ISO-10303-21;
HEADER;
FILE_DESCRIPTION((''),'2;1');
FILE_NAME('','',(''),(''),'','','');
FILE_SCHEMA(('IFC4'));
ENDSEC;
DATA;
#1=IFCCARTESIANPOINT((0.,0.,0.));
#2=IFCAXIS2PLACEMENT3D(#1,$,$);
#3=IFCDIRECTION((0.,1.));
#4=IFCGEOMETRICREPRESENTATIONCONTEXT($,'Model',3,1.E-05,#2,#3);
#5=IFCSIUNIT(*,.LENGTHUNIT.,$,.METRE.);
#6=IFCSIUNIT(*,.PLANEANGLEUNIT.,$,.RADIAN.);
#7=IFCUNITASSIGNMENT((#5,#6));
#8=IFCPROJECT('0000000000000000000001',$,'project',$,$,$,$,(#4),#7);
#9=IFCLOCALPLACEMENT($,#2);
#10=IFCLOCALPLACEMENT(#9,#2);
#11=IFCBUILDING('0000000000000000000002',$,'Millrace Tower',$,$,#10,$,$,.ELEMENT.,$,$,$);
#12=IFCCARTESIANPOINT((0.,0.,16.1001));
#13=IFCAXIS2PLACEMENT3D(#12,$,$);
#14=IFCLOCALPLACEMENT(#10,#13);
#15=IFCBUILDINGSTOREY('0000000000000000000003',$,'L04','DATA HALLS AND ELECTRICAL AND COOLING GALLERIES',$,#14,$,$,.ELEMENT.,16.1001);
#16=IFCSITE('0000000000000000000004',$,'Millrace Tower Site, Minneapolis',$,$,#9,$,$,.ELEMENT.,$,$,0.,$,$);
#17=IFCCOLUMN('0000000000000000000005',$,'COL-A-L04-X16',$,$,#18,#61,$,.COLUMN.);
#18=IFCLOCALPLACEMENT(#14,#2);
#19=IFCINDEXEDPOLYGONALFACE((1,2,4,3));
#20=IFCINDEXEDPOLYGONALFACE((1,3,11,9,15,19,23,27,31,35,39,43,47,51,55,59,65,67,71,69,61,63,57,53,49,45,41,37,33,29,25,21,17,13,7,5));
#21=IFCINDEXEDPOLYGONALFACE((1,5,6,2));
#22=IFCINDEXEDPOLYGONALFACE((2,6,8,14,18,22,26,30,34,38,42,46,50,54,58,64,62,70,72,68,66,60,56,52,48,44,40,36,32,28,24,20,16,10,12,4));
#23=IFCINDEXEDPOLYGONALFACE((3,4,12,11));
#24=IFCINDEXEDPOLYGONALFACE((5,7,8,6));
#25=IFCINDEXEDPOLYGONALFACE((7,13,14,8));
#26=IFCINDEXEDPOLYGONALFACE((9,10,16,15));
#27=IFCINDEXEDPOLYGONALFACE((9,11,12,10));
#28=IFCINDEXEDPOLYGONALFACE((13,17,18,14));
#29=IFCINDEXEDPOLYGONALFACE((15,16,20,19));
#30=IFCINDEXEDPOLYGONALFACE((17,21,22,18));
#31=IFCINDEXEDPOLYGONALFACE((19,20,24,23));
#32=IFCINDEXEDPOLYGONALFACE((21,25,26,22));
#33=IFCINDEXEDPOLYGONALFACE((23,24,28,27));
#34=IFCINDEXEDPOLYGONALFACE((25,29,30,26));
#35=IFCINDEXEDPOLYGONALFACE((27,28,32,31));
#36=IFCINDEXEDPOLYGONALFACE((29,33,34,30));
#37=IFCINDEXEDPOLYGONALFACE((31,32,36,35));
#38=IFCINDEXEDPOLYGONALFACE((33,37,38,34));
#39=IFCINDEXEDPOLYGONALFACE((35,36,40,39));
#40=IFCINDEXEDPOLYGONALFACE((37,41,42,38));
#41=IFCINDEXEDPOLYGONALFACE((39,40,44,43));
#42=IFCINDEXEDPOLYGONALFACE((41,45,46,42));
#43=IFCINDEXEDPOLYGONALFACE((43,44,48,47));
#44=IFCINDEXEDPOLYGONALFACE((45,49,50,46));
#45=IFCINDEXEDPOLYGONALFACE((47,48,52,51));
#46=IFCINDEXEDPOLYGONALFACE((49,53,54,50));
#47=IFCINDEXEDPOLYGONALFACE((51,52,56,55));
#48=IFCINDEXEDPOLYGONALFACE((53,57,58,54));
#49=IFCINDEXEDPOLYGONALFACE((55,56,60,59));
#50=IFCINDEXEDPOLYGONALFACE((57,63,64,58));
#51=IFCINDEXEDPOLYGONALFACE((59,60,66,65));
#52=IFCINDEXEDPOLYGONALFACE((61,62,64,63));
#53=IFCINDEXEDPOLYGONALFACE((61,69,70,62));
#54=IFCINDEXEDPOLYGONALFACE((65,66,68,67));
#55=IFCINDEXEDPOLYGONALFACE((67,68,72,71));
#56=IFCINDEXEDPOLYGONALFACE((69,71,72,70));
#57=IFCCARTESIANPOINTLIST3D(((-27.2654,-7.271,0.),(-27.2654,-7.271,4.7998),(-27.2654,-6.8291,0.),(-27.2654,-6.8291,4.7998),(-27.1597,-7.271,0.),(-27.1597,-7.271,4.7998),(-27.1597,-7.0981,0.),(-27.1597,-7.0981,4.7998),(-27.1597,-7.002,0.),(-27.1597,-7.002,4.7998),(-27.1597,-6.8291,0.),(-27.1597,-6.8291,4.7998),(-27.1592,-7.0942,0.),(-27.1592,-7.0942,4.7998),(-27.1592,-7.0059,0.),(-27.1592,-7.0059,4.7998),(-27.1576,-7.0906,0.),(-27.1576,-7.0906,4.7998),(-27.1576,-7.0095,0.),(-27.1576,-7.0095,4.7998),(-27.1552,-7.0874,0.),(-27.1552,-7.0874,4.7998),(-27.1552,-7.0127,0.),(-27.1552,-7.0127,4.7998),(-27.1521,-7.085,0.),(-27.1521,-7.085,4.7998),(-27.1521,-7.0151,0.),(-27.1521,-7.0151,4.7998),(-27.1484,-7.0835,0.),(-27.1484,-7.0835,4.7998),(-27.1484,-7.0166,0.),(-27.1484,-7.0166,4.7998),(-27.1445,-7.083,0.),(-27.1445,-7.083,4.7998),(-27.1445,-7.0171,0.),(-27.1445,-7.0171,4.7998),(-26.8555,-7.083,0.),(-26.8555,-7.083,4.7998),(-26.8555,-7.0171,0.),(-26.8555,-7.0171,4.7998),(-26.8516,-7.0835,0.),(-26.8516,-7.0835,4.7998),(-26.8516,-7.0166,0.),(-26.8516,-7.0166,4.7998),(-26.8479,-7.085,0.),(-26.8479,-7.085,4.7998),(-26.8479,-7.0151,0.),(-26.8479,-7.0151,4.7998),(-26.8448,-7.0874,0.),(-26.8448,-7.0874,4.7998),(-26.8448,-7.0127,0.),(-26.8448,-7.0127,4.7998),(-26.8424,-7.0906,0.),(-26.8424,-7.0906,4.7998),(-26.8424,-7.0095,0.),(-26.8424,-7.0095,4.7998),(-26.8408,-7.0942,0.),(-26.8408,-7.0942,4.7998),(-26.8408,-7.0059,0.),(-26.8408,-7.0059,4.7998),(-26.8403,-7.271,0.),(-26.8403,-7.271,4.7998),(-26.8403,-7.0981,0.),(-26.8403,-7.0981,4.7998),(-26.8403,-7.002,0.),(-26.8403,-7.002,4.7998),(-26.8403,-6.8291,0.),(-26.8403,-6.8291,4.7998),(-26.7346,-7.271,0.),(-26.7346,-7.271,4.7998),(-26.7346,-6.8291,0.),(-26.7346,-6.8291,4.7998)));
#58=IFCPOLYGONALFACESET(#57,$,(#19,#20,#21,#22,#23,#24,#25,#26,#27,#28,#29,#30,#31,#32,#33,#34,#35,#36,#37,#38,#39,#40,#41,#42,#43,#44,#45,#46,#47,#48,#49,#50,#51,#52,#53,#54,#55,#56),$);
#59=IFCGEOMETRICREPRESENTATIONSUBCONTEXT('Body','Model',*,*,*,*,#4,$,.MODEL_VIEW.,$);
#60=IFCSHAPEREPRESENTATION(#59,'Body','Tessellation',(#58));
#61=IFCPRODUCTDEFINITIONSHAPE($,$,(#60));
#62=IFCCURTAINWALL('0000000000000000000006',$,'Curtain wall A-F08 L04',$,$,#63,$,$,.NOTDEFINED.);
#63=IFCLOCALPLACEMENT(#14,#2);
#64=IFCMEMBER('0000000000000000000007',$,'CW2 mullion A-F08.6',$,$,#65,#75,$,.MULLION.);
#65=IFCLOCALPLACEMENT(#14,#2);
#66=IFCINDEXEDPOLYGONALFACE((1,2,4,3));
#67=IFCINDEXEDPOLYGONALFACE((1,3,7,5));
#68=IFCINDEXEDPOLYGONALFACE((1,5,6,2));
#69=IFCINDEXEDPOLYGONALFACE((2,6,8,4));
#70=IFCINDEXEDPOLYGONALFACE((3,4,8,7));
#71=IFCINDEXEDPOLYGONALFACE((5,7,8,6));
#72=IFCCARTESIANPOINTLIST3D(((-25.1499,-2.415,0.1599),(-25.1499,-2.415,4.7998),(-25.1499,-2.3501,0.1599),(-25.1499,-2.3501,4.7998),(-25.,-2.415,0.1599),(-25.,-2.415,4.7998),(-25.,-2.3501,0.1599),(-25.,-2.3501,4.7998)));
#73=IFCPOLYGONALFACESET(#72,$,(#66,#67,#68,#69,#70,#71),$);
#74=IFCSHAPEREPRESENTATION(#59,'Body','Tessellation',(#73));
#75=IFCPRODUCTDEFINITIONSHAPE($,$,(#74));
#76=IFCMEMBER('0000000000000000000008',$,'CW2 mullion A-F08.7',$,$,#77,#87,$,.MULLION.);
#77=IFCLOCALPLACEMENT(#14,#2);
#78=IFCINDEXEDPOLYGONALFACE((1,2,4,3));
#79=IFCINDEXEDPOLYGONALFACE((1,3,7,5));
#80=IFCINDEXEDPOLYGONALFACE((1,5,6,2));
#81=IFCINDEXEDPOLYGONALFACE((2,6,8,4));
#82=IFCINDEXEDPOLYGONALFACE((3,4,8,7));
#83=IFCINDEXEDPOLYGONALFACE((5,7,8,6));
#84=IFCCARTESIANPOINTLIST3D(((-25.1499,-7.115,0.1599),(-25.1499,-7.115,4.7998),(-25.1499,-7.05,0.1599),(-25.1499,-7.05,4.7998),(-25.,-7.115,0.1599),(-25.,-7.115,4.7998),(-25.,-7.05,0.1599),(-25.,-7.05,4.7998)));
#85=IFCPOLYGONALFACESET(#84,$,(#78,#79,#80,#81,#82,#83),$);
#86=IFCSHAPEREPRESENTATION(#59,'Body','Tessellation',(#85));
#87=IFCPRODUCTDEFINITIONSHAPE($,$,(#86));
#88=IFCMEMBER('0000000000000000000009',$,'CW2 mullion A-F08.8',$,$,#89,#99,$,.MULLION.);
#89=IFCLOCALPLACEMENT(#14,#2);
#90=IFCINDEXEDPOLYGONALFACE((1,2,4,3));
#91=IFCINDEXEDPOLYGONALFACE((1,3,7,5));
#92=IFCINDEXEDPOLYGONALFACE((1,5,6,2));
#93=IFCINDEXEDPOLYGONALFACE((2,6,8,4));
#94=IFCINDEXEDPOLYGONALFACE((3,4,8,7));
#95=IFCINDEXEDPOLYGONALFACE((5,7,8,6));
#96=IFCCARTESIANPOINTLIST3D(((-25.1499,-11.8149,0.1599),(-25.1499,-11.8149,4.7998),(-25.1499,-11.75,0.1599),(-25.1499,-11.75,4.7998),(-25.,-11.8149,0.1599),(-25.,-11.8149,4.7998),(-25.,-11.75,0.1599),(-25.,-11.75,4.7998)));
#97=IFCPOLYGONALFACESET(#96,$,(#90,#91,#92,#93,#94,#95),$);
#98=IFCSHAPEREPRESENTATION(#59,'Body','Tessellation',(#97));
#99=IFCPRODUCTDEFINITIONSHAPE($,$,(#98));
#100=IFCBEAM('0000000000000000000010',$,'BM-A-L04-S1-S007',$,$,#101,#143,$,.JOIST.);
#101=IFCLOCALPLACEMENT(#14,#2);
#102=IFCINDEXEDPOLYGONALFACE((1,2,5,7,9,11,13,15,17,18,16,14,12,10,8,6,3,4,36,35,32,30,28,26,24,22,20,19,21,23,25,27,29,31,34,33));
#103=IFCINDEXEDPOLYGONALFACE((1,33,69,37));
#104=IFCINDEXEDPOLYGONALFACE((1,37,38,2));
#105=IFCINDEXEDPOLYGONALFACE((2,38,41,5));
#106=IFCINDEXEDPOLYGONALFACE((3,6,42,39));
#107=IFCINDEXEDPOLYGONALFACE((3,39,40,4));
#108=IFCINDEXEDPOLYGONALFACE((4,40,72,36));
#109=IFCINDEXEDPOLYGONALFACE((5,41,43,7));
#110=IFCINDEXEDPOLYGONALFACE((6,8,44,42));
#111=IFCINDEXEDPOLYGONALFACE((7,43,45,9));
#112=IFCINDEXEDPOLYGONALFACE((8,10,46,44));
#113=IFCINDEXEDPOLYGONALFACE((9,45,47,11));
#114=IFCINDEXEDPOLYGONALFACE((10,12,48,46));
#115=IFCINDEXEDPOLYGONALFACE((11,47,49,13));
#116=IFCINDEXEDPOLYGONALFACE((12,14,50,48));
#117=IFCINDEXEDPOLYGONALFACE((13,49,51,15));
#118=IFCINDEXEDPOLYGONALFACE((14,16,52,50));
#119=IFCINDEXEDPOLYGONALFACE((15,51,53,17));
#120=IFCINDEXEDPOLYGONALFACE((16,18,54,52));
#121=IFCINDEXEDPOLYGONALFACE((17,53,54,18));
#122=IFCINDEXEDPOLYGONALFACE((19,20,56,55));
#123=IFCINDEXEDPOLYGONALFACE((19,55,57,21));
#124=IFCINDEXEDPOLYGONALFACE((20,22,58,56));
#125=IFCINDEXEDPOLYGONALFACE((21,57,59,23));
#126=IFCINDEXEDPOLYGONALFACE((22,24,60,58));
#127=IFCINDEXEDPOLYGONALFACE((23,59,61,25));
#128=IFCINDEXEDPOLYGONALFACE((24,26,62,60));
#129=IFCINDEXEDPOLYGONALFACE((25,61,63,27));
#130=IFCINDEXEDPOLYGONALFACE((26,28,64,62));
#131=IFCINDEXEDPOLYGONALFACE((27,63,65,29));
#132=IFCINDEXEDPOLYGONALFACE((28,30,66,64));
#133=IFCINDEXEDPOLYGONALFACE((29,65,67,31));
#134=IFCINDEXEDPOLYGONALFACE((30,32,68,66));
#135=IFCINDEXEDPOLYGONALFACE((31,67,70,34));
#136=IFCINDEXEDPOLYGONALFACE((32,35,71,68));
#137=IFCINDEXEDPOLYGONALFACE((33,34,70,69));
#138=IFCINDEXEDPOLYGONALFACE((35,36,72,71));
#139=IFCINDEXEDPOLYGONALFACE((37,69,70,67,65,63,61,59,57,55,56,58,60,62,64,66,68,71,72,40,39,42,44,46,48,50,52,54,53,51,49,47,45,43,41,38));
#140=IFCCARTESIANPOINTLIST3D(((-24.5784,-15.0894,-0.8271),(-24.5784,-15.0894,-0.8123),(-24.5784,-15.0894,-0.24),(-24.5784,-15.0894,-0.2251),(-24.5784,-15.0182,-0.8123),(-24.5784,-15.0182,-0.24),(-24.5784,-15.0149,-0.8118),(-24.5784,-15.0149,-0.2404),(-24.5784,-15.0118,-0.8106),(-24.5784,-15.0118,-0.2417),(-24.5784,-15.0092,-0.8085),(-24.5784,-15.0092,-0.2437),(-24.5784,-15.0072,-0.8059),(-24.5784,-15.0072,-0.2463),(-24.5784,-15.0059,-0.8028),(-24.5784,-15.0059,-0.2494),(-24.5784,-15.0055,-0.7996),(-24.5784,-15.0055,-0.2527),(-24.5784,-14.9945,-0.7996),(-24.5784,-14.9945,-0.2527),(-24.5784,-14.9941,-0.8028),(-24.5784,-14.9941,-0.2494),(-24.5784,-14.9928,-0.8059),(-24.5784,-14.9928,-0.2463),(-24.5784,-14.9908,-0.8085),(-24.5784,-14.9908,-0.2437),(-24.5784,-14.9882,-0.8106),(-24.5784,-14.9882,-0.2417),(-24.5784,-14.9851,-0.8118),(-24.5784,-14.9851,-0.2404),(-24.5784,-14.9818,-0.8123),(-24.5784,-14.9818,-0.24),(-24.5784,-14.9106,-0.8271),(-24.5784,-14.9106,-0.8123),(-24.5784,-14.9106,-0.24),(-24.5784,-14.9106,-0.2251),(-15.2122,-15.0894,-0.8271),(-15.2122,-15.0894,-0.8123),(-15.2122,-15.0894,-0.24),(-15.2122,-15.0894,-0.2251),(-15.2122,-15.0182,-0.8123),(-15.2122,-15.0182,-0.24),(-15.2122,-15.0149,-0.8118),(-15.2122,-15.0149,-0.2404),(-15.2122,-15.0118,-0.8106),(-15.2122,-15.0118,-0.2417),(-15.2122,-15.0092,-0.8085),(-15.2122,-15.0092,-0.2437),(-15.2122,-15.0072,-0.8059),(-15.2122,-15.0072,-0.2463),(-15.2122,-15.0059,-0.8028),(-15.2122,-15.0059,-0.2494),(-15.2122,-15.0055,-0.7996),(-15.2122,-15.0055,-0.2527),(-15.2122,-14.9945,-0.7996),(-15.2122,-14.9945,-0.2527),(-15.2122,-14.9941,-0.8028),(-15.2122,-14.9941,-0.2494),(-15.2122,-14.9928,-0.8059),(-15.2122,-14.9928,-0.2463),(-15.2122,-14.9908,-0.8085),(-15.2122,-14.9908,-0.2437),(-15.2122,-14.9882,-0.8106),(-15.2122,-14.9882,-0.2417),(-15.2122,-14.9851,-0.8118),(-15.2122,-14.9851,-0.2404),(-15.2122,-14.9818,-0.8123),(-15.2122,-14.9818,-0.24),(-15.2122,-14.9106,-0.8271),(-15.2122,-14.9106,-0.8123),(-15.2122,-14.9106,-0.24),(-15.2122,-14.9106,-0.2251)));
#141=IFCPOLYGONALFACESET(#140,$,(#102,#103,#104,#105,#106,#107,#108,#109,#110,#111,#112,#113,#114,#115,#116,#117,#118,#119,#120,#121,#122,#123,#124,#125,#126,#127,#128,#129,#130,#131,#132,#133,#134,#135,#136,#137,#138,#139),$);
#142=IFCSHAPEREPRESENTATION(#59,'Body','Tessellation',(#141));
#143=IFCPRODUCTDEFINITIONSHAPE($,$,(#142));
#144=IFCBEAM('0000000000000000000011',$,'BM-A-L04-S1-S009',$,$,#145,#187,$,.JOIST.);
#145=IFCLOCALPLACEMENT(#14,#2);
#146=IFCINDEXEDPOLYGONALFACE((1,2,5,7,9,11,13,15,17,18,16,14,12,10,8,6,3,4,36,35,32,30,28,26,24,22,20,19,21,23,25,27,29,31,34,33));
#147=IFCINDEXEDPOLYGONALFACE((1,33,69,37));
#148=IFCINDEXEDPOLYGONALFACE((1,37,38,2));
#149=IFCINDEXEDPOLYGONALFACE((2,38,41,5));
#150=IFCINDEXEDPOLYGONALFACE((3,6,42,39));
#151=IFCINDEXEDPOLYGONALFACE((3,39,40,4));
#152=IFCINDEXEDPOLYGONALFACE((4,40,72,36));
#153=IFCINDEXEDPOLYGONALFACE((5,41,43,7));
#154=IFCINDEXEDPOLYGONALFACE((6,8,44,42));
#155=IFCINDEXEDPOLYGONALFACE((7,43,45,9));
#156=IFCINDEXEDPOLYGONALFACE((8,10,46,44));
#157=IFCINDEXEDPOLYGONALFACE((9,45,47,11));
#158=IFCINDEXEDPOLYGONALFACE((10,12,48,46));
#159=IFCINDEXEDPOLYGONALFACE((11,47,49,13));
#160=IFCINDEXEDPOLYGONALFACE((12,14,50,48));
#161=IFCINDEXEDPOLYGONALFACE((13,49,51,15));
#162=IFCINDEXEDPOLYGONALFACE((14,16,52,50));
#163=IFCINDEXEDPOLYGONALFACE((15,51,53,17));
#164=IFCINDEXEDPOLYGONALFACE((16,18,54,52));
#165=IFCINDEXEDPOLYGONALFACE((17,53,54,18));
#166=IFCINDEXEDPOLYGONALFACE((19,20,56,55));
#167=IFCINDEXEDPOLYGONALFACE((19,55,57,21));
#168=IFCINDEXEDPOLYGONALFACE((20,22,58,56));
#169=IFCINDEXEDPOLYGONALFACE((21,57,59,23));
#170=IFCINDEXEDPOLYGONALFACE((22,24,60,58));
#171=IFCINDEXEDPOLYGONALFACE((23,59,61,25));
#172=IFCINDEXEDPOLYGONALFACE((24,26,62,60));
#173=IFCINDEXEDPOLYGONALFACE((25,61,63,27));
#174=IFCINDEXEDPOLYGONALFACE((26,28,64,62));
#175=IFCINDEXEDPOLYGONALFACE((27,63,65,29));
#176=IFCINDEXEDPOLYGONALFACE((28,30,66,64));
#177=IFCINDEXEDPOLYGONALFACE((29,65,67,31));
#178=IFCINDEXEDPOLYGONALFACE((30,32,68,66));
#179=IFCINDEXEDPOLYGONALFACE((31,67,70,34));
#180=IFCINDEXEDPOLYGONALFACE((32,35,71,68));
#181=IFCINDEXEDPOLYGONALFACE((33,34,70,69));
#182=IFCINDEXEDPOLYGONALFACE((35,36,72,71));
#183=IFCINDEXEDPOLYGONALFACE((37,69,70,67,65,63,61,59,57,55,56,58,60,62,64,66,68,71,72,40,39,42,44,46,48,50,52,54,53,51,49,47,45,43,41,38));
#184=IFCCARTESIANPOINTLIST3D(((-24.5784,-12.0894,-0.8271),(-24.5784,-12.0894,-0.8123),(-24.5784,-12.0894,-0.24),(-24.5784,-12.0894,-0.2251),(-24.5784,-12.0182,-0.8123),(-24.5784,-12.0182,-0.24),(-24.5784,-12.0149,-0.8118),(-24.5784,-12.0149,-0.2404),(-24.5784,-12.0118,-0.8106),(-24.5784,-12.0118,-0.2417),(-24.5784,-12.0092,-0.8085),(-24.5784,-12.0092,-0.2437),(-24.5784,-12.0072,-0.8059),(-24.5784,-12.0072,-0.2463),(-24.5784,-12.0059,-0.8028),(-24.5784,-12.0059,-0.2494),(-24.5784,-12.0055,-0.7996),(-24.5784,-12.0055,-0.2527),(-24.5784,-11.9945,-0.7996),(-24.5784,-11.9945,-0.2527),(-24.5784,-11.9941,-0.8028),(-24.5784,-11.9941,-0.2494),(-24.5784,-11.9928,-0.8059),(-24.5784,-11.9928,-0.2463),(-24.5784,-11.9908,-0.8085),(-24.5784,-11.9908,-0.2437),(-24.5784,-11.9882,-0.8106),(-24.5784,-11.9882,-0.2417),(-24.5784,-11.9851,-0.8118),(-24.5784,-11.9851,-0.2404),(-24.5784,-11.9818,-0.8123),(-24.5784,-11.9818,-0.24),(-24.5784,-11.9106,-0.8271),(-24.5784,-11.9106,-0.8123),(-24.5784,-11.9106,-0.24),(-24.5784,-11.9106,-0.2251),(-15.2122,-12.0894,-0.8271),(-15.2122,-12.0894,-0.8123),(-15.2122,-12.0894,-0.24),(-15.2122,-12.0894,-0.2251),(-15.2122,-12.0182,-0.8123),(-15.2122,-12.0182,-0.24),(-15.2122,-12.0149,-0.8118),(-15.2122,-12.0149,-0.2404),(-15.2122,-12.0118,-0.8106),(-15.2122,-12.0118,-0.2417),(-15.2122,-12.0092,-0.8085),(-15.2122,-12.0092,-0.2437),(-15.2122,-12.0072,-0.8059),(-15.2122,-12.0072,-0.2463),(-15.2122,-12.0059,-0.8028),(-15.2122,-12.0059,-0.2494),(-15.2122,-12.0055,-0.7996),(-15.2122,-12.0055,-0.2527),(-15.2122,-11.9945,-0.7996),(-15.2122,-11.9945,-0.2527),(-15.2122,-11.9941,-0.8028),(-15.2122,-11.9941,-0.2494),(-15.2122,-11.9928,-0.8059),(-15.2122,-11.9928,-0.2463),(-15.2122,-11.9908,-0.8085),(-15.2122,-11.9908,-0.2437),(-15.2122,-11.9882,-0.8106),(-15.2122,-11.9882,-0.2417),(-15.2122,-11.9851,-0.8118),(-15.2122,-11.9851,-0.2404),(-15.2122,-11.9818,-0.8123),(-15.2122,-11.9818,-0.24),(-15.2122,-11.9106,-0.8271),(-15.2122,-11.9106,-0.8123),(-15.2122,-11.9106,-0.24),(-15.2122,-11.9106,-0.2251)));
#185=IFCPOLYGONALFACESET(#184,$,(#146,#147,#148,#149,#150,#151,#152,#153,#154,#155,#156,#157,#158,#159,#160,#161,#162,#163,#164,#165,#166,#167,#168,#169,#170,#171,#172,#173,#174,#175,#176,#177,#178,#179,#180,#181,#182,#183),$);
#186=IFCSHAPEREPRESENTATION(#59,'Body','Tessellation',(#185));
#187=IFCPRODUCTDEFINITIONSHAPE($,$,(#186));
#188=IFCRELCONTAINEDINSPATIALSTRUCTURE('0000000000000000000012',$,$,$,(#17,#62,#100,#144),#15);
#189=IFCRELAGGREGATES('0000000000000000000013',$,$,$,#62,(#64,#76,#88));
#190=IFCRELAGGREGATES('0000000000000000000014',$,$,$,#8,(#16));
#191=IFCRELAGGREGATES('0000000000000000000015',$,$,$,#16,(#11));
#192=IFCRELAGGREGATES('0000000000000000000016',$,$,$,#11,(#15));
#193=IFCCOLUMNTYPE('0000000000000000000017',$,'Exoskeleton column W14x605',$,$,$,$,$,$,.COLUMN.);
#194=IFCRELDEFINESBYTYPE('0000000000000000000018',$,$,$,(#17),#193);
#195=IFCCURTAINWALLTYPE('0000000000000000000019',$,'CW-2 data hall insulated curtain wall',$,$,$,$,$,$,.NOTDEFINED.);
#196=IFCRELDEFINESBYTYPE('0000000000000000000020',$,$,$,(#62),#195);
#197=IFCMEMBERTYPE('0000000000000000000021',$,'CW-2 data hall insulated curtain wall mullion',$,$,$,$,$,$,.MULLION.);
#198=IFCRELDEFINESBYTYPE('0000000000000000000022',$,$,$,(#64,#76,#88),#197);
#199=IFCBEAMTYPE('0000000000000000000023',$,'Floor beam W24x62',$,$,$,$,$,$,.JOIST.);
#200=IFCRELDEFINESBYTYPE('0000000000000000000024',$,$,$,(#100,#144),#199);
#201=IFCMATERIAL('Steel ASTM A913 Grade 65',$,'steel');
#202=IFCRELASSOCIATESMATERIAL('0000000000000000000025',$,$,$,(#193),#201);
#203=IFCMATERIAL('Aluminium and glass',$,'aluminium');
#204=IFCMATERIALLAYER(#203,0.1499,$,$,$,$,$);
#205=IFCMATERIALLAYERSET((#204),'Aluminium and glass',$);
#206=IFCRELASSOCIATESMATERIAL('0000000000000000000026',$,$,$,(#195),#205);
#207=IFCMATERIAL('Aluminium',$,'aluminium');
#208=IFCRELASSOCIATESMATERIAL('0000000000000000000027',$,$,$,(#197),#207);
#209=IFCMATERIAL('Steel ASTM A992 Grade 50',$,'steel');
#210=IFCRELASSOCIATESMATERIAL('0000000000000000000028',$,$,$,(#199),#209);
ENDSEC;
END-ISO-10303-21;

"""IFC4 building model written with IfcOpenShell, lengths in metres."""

from ifc_helpers import new_model, si_unit, direction, frame, origin, origin_2d, place, context, subcontext, project, spatial, rectangle, i_section, extrude, material, layer, layer_set, material_profile, profile_set, type_object, element, aggregate, save


model = new_model("IFC4")

# Units and contexts
model_context = context("Model", 3, precision=1e-05, world=origin(), true_north=direction((0.0, 1.0)))
body_context = subcontext(model_context, "Body", "Model", "MODEL_VIEW")
ifc_project = project(units=[si_unit("LENGTHUNIT", "METRE"), si_unit("PLANEANGLEUNIT", "RADIAN")], contexts=[model_context])

# Site, building, storey
site_placement = place(None, origin())
site = spatial("IfcSite", under=ifc_project, at=site_placement, Name="Millrace Tower Site, Minneapolis", CompositionType="ELEMENT", RefElevation=0.0)
building_placement = place(site_placement, origin())
building = spatial("IfcBuilding", under=site, at=building_placement, Name="Millrace Tower", CompositionType="ELEMENT")
storey_placement = place(building_placement, frame((0.0, 0.0, 16.1001)))
storey = spatial("IfcBuildingStorey", under=building, at=storey_placement, Name="L04", Description="DATA HALLS AND ELECTRICAL AND COOLING GALLERIES", CompositionType="ELEMENT", Elevation=16.1001)

# Column
ifc_material_1 = material(Name="Steel ASTM A913 Grade 65", Category="steel")
ifc_material_profile_1 = material_profile(ifc_material_1, i_section(OverallWidth=0.4419, OverallDepth=0.5308, WebThickness=0.0659, FlangeThickness=0.1057, FilletRadius=0.0151, at=origin_2d()))
ifc_profile_set_1 = profile_set([ifc_material_profile_1], Name="Steel ASTM A913 Grade 65")
column_type = type_object("IfcColumnType", Name="Exoskeleton column W14x605", PredefinedType="COLUMN", material=ifc_profile_set_1)
column_placement = place(storey_placement, frame((-27.0, -7.05, 0.0), z_axis=(0.0, 0.0, 1.0), x_axis=(0.0, -1.0, 0.0)))
element("IfcColumn", 1, at=column_placement, inside=storey, type_object=column_type, Name="COL-A-L04-X16", PredefinedType="COLUMN", context=body_context, shape_type="SweptSolid", body=[
    extrude(i_section(OverallWidth=0.4419, OverallDepth=0.5308, WebThickness=0.0659, FlangeThickness=0.1057, FilletRadius=0.0151, at=origin_2d()), origin(), (0.0, 0.0, 1.0), 4.7998),
])

# Curtain wall, members
ifc_material_2 = material(Name="Aluminium and glass", Category="aluminium")
ifc_layer_1 = layer(ifc_material_2, 0.1499)
ifc_layer_set_1 = layer_set([ifc_layer_1], Name="Aluminium and glass")
curtain_wall_type = type_object("IfcCurtainWallType", Name="CW-2 data hall insulated curtain wall", PredefinedType="NOTDEFINED", material=ifc_layer_set_1)
curtain_wall_placement = place(storey_placement, origin())
curtain_wall = element("IfcCurtainWall", 2, at=curtain_wall_placement, inside=storey, type_object=curtain_wall_type, Name="Curtain wall A-F08 L04", PredefinedType="NOTDEFINED")
ifc_material_3 = material(Name="Aluminium", Category="aluminium")
ifc_material_profile_2 = material_profile(ifc_material_3, rectangle(XDim=0.0649, YDim=0.1499, at=origin_2d()))
ifc_profile_set_2 = profile_set([ifc_material_profile_2], Name="Aluminium")
member_type = type_object("IfcMemberType", Name="CW-2 data hall insulated curtain wall mullion", PredefinedType="MULLION", material=ifc_profile_set_2)
member_1_placement = place(storey_placement, frame((-25.075, -2.3826, 0.1599), z_axis=(0.0, 0.0, 1.0), x_axis=(0.0, -1.0, 0.0)))
member_1 = element("IfcMember", 3, at=member_1_placement, type_object=member_type, Name="CW2 mullion A-F08.6", PredefinedType="MULLION", context=body_context, shape_type="SweptSolid", body=[
    extrude(rectangle(XDim=0.0649, YDim=0.1499, at=origin_2d()), origin(), (0.0, 0.0, 1.0), 4.6399),
])
member_2_placement = place(storey_placement, frame((-25.075, -7.0825, 0.1599), z_axis=(0.0, 0.0, 1.0), x_axis=(0.0, -1.0, 0.0)))
member_2 = element("IfcMember", 4, at=member_2_placement, type_object=member_type, Name="CW2 mullion A-F08.7", PredefinedType="MULLION", context=body_context, shape_type="SweptSolid", body=[
    extrude(rectangle(XDim=0.0649, YDim=0.1499, at=origin_2d()), origin(), (0.0, 0.0, 1.0), 4.6399),
])
member_3_placement = place(storey_placement, frame((-25.075, -11.7825, 0.1599), z_axis=(0.0, 0.0, 1.0), x_axis=(0.0, -1.0, 0.0)))
member_3 = element("IfcMember", 5, at=member_3_placement, type_object=member_type, Name="CW2 mullion A-F08.8", PredefinedType="MULLION", context=body_context, shape_type="SweptSolid", body=[
    extrude(rectangle(XDim=0.0649, YDim=0.1499, at=origin_2d()), origin(), (0.0, 0.0, 1.0), 4.6399),
])
aggregate(curtain_wall, [member_1, member_2, member_3])

# Beams
ifc_material_4 = material(Name="Steel ASTM A992 Grade 50", Category="steel")
ifc_material_profile_3 = material_profile(ifc_material_4, i_section(OverallWidth=0.1787, OverallDepth=0.6021, WebThickness=0.011, FlangeThickness=0.0149, FilletRadius=0.0127, at=origin_2d()))
ifc_profile_set_3 = profile_set([ifc_material_profile_3], Name="Steel ASTM A992 Grade 50")
beam_type_1 = type_object("IfcBeamType", Name="Floor beam W24x62", PredefinedType="JOIST", material=ifc_profile_set_3)
for number, where, z_axis, x_axis, name in (
    (6, (-24.5784, -15.0, -0.5261), (1.0, 0.0, 0.0), (0.0, 1.0, 0.0), "BM-A-L04-S1-S007"),
    (7, (-24.5784, -12.0, -0.5261), (1.0, 0.0, 0.0), (0.0, 1.0, 0.0), "BM-A-L04-S1-S009"),
):
    element("IfcBeam", number, at=place(storey_placement, frame(where, z_axis=z_axis, x_axis=x_axis)), inside=storey, type_object=beam_type_1, Name=name, PredefinedType="JOIST", context=body_context, shape_type="SweptSolid", body=[
        extrude(i_section(OverallWidth=0.1787, OverallDepth=0.6021, WebThickness=0.011, FlangeThickness=0.0149, FilletRadius=0.0127, at=origin_2d()), origin(), (0.0, 0.0, 1.0), 9.3662),
    ])

save(model, "model.ifc")
